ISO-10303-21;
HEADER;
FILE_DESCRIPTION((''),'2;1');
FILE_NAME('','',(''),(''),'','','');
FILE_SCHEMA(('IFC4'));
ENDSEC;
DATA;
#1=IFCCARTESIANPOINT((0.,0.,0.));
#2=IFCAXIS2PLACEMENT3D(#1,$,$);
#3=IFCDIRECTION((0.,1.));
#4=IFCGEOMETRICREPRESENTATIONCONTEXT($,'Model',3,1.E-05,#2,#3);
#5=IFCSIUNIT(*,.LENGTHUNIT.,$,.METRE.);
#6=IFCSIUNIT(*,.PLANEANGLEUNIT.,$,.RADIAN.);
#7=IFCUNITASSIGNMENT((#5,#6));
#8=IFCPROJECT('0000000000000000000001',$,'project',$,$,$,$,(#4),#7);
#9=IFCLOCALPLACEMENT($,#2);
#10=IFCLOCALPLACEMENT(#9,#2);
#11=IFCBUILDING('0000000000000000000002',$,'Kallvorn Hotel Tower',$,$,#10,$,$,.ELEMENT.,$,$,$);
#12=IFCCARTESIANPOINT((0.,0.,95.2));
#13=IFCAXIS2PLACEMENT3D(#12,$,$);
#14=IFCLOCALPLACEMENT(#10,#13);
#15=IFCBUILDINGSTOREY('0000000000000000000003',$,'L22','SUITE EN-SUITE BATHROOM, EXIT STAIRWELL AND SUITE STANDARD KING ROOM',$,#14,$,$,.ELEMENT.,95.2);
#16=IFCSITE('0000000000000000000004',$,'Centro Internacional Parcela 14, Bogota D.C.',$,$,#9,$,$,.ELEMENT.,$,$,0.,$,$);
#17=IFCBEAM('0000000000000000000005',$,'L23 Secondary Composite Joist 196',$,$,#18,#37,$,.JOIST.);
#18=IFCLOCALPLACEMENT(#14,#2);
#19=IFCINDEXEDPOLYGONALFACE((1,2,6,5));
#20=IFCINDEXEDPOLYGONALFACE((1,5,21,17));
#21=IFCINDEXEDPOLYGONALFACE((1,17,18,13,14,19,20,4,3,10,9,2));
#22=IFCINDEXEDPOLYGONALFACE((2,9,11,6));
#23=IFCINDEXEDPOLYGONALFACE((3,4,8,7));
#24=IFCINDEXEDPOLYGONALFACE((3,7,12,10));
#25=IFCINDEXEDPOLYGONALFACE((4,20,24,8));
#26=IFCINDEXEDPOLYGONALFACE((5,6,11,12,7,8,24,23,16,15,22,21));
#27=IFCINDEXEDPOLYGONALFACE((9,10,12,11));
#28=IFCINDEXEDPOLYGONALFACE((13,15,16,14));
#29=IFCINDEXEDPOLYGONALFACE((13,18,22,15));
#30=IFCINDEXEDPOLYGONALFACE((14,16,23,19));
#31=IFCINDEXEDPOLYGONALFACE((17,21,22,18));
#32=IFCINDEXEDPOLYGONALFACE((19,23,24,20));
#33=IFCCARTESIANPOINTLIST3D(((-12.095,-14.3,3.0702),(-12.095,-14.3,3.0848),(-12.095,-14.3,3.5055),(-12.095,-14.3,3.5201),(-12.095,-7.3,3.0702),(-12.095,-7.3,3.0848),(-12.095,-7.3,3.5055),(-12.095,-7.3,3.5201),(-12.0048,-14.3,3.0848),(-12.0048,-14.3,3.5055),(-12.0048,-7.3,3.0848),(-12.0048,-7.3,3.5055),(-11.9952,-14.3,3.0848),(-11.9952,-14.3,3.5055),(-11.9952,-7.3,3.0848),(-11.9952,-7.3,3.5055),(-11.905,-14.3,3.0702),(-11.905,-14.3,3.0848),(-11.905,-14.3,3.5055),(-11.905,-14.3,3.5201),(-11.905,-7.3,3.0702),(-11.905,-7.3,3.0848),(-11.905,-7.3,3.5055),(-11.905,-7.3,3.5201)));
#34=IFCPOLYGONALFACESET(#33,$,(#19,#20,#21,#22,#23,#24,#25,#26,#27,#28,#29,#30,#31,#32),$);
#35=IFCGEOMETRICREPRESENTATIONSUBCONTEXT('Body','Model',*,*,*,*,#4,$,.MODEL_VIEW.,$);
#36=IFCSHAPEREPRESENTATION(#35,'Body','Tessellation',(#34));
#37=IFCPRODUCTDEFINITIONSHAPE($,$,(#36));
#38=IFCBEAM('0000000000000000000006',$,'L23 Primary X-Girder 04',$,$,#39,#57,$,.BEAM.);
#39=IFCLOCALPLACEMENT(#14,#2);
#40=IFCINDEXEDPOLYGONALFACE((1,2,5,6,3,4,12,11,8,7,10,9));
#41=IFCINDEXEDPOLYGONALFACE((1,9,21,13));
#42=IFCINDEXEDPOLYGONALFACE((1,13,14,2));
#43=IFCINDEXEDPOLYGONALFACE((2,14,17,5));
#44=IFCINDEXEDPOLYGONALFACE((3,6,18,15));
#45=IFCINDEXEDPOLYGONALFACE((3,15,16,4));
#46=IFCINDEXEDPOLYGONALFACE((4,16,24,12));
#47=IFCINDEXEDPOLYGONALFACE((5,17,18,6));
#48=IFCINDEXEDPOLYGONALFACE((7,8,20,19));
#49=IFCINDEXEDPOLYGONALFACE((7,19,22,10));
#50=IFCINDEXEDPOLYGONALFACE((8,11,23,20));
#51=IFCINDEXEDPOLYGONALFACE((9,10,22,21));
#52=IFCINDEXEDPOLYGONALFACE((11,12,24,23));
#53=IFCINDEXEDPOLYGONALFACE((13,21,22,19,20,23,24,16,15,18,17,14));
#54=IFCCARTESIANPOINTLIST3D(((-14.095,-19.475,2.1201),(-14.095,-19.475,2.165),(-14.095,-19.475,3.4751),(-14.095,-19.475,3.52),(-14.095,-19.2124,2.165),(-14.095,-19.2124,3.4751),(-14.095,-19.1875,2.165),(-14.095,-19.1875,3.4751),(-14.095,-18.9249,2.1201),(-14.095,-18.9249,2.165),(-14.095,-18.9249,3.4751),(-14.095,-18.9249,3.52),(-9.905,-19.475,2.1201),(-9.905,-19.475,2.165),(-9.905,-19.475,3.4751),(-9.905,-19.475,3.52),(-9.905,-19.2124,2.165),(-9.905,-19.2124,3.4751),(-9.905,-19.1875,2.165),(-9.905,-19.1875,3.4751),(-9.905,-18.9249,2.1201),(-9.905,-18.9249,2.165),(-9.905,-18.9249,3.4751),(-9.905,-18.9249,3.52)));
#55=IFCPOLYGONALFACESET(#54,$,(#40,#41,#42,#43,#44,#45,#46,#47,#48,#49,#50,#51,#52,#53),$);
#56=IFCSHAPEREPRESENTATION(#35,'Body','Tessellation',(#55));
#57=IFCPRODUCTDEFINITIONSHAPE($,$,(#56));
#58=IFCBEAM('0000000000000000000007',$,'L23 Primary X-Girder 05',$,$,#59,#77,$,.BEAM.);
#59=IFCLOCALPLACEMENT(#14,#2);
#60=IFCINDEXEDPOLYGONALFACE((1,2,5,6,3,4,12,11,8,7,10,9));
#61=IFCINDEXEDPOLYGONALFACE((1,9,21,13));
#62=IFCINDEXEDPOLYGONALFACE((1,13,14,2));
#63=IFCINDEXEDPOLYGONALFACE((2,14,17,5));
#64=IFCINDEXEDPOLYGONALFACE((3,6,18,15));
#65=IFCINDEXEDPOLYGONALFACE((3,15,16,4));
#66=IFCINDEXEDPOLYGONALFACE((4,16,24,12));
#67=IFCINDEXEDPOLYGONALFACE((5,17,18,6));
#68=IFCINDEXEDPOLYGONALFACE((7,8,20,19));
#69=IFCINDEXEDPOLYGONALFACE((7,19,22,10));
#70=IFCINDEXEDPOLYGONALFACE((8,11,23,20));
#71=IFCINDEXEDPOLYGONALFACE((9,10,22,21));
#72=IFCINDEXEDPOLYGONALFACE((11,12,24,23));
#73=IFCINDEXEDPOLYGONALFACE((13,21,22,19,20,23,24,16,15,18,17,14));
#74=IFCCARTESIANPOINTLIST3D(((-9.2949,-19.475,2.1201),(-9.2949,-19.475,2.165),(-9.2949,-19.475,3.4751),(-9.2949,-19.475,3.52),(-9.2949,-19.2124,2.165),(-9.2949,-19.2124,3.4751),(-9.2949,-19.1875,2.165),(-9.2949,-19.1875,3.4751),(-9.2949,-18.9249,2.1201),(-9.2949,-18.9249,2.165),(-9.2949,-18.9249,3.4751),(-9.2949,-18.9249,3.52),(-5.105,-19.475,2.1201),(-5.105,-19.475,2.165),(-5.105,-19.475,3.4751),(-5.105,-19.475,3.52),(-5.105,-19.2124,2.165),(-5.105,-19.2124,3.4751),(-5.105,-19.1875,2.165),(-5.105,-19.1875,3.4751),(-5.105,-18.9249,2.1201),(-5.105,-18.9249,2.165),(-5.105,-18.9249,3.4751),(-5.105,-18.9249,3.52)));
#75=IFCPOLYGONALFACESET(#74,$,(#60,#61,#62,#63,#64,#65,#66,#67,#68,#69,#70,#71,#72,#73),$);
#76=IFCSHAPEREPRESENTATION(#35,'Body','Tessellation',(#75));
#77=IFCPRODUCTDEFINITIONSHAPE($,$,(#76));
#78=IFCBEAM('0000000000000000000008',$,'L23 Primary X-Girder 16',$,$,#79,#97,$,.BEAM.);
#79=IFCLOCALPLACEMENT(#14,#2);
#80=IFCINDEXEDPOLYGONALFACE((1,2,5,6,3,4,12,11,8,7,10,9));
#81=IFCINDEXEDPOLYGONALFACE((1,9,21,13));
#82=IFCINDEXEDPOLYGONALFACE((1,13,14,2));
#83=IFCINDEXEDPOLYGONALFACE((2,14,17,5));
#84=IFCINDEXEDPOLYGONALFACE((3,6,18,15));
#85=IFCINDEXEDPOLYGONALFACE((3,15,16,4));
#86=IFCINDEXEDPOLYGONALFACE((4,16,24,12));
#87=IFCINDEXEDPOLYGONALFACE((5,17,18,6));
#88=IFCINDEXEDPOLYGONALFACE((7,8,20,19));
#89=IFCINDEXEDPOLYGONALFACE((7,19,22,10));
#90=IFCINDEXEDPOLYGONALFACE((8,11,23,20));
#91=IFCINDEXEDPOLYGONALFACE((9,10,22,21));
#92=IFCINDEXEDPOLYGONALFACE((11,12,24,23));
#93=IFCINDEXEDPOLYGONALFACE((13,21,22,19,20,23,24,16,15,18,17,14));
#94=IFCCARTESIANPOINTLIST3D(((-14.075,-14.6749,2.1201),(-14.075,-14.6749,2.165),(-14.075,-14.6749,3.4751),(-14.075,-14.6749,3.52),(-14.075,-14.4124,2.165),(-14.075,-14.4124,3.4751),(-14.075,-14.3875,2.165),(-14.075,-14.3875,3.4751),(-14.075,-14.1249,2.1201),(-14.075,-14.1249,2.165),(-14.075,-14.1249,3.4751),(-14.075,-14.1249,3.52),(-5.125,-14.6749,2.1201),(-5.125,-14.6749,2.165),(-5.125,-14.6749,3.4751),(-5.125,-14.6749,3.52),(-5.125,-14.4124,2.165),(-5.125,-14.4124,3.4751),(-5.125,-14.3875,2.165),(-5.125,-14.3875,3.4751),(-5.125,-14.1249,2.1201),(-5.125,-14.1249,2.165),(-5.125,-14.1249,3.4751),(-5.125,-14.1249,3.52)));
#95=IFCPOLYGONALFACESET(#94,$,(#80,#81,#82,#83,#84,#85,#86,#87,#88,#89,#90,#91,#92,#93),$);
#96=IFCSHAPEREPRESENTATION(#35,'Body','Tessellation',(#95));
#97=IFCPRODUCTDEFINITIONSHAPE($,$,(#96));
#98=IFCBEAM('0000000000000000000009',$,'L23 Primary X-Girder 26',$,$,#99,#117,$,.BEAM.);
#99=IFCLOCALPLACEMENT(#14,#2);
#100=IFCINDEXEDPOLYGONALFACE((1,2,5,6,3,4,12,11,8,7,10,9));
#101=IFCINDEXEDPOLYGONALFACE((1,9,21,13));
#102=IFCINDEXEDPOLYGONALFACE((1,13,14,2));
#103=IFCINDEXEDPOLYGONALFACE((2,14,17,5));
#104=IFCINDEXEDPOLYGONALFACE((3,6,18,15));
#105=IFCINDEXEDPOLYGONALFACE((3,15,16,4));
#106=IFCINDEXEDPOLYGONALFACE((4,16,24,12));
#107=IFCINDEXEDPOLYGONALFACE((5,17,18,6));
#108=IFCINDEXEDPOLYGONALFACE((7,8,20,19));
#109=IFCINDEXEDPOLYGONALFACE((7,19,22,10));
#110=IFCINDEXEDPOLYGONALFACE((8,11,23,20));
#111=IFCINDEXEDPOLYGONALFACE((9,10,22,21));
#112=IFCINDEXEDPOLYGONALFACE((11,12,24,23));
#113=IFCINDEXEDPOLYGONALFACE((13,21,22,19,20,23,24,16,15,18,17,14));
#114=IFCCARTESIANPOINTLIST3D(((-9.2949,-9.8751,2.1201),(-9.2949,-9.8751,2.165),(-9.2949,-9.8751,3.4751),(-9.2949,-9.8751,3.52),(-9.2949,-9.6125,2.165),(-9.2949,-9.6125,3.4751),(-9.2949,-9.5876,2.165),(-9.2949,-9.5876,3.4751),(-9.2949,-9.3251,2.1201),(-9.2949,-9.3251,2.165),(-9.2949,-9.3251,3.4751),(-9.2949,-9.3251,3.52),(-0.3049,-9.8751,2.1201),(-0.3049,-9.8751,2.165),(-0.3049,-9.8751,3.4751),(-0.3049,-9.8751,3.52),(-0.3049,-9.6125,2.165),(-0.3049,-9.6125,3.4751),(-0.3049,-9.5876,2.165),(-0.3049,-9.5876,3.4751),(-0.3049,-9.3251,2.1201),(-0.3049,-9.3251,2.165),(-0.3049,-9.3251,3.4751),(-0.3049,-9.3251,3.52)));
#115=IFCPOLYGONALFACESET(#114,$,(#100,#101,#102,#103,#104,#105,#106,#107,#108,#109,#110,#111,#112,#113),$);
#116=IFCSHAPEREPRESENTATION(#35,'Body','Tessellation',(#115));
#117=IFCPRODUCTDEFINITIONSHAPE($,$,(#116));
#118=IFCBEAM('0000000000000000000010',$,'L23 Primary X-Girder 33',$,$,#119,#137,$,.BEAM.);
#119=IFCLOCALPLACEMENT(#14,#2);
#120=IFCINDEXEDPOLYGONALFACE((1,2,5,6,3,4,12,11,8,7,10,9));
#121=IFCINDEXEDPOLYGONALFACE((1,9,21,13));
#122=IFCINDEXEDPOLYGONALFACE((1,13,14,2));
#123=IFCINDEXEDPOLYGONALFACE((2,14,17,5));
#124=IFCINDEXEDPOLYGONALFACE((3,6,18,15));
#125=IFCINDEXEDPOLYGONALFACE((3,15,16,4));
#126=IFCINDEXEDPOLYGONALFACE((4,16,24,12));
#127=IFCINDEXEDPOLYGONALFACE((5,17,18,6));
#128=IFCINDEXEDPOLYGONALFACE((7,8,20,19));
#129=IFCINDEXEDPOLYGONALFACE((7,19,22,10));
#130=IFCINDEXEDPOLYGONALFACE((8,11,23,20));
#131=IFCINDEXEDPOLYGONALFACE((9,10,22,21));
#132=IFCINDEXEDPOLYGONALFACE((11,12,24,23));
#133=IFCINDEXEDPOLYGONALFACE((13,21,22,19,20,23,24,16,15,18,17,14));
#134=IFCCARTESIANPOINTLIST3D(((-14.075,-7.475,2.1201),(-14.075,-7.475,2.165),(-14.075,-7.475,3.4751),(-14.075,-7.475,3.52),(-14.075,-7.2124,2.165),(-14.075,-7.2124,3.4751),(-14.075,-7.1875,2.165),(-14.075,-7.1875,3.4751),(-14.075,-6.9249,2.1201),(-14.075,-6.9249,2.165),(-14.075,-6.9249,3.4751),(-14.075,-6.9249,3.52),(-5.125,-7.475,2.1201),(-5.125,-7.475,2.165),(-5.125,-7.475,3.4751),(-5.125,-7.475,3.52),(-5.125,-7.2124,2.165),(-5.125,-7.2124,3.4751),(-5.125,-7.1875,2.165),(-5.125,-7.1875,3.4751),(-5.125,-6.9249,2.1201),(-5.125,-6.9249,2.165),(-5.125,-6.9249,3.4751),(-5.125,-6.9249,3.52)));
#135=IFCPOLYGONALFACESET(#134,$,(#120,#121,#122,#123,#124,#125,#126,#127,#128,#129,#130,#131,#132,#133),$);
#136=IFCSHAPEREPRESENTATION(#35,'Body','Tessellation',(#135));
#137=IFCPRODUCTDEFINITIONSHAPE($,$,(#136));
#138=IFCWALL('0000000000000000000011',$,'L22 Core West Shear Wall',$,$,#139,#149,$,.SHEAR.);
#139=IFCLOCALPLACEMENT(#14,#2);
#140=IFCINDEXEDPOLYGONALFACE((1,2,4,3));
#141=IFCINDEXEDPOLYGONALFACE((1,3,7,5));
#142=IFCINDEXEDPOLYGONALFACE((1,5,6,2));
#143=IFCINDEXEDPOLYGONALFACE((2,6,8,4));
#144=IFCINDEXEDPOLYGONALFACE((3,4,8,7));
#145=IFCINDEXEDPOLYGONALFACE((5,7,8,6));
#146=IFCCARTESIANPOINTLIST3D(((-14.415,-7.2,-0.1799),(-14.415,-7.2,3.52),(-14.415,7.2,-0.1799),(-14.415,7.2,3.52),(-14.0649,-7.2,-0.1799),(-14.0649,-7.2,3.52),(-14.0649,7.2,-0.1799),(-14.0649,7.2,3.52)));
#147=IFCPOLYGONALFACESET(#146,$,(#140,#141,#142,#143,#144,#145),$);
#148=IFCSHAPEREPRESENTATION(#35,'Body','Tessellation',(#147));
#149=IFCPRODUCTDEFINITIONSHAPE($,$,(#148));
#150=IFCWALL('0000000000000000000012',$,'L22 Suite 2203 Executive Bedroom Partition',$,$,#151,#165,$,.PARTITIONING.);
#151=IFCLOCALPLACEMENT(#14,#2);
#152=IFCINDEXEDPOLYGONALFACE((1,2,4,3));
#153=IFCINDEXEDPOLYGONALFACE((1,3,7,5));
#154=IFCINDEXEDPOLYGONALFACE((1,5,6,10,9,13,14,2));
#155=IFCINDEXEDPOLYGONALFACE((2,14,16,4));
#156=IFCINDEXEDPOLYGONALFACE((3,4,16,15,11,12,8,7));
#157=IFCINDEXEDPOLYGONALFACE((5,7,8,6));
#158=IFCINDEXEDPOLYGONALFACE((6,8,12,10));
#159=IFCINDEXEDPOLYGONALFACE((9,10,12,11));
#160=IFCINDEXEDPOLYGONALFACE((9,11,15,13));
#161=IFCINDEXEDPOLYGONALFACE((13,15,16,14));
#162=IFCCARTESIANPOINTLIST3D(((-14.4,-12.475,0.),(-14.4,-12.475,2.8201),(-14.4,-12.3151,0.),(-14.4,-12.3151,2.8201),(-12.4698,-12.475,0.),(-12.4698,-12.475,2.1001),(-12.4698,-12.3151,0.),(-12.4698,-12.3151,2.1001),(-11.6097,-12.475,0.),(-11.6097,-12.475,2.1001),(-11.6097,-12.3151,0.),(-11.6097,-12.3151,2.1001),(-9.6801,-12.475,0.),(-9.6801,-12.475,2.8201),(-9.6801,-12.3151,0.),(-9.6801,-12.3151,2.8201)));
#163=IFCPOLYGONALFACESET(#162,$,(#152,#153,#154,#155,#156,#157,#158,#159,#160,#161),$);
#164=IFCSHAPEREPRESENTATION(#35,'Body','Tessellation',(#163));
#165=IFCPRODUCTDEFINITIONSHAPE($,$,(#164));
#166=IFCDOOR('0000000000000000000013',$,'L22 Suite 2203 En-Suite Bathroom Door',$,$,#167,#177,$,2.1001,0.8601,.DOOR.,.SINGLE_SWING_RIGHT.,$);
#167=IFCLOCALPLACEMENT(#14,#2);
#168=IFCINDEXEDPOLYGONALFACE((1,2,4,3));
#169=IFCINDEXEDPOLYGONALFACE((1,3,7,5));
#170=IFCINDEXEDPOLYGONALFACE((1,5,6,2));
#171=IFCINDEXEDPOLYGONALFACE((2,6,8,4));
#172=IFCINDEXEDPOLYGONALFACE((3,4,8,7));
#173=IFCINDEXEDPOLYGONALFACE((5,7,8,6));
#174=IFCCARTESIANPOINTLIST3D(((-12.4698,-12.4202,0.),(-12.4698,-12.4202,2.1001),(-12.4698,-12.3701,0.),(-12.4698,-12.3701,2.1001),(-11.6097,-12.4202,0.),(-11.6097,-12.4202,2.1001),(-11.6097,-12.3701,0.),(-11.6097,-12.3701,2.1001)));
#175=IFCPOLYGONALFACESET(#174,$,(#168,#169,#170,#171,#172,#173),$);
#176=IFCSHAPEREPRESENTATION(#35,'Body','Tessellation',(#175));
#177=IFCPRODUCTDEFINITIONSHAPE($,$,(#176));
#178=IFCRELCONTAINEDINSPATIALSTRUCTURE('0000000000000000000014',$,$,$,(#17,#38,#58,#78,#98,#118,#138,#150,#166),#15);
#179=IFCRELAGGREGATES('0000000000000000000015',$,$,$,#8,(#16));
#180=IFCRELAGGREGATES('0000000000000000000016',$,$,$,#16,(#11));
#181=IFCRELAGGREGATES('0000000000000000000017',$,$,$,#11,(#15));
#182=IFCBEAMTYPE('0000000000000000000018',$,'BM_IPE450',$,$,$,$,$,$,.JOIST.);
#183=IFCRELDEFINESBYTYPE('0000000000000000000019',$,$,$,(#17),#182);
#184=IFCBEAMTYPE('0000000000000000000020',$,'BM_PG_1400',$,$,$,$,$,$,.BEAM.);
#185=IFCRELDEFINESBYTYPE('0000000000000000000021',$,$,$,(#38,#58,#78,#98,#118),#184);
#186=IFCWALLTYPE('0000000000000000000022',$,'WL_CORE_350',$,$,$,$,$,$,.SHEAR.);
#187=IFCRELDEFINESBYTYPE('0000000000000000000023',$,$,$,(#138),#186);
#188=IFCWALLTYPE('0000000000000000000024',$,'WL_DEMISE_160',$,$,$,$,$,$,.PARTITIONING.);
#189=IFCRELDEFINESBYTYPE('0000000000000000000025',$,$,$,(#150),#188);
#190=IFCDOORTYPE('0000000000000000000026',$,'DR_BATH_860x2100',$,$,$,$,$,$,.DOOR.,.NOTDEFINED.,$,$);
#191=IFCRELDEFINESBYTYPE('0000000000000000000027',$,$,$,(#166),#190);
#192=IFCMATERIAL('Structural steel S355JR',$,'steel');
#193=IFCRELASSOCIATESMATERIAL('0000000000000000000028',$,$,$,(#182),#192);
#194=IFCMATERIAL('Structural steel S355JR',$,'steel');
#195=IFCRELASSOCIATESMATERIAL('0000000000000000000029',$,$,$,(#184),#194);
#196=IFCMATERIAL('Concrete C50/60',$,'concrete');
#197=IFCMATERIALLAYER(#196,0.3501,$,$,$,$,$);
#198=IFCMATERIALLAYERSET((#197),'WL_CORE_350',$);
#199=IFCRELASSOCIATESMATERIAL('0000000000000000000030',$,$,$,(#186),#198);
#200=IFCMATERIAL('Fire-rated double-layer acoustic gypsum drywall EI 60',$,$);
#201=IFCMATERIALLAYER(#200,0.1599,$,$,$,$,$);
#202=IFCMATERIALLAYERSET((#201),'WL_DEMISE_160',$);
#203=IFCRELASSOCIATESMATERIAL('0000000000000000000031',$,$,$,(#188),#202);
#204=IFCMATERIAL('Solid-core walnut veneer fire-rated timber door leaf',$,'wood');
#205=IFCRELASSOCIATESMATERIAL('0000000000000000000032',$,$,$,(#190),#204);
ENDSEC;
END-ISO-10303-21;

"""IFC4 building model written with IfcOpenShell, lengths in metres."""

from ifc_helpers import new_model, si_unit, direction, frame, frame_2d, origin, origin_2d, place, context, subcontext, project, spatial, rectangle, i_section, extrude, material, layer, layer_set, material_profile, profile_set, type_object, element, fill, save


model = new_model("IFC4")

# Units and contexts
model_context = context("Model", 3, precision=1e-05, world=origin(), true_north=direction((0.0, 1.0)))
body_context = subcontext(model_context, "Body", "Model", "MODEL_VIEW")
ifc_project = project(units=[si_unit("LENGTHUNIT", "METRE"), si_unit("PLANEANGLEUNIT", "RADIAN")], contexts=[model_context])

# Site, building, storey
site_placement = place(None, origin())
site = spatial("IfcSite", under=ifc_project, at=site_placement, Name="Centro Internacional Parcela 14, Bogota D.C.", CompositionType="ELEMENT", RefElevation=0.0)
building_placement = place(site_placement, origin())
building = spatial("IfcBuilding", under=site, at=building_placement, Name="Kallvorn Hotel Tower", CompositionType="ELEMENT")
storey_placement = place(building_placement, frame((0.0, 0.0, 95.2)))
storey = spatial("IfcBuildingStorey", under=building, at=storey_placement, Name="L22", Description="SUITE EN-SUITE BATHROOM, EXIT STAIRWELL AND SUITE STANDARD KING ROOM", CompositionType="ELEMENT", Elevation=95.2)

# Beams
ifc_material_1 = material(Name="Structural steel S355JR", Category="steel")
ifc_material_profile_1 = material_profile(ifc_material_1, i_section(OverallWidth=0.1899, OverallDepth=0.45, WebThickness=0.0095, FlangeThickness=0.0146, at=origin_2d()), Name="IPE 450")
ifc_profile_set_1 = profile_set([ifc_material_profile_1], Name="Structural steel S355JR")
beam_type_1 = type_object("IfcBeamType", Name="BM_IPE450", PredefinedType="JOIST", material=ifc_profile_set_1)
beam_1_placement = place(storey_placement, frame((-12.0, -14.3, 3.2952), z_axis=(0.0, 1.0, 0.0), x_axis=(-1.0, 0.0, 0.0)))
element("IfcBeam", 1, at=beam_1_placement, inside=storey, type_object=beam_type_1, Name="L23 Secondary Composite Joist 196", PredefinedType="JOIST", context=body_context, shape_type="SweptSolid", body=[
    extrude(i_section(OverallWidth=0.1899, OverallDepth=0.45, WebThickness=0.0095, FlangeThickness=0.0146, at=origin_2d()), origin(), (0.0, 0.0, 1.0), 7.0),
])
ifc_material_2 = material(Name="Structural steel S355JR", Category="steel")
ifc_material_profile_2 = material_profile(ifc_material_2, i_section(OverallWidth=0.55, OverallDepth=1.3999, WebThickness=0.0249, FlangeThickness=0.0449, at=origin_2d()), Name="PG 1400x550x25x45")
ifc_profile_set_2 = profile_set([ifc_material_profile_2], Name="Structural steel S355JR")
beam_type_2 = type_object("IfcBeamType", Name="BM_PG_1400", PredefinedType="BEAM", material=ifc_profile_set_2)
for number, where, z_axis, x_axis, name in (
    (2, (-14.095, -19.2, 2.8201), (1.0, 0.0, 0.0), (0.0, 1.0, 0.0), "L23 Primary X-Girder 04"),
    (3, (-9.2949, -19.2, 2.8201), (1.0, 0.0, 0.0), (0.0, 1.0, 0.0), "L23 Primary X-Girder 05"),
):
    element("IfcBeam", number, at=place(storey_placement, frame(where, z_axis=z_axis, x_axis=x_axis)), inside=storey, type_object=beam_type_2, Name=name, PredefinedType="BEAM", context=body_context, shape_type="SweptSolid", body=[
        extrude(i_section(OverallWidth=0.55, OverallDepth=1.3999, WebThickness=0.0249, FlangeThickness=0.0449, at=origin_2d()), origin(), (0.0, 0.0, 1.0), 4.1899),
    ])
beam_2_placement = place(storey_placement, frame((-14.075, -14.3999, 2.8201), z_axis=(1.0, 0.0, 0.0), x_axis=(0.0, 1.0, 0.0)))
element("IfcBeam", 4, at=beam_2_placement, inside=storey, type_object=beam_type_2, Name="L23 Primary X-Girder 16", PredefinedType="BEAM", context=body_context, shape_type="SweptSolid", body=[
    extrude(i_section(OverallWidth=0.55, OverallDepth=1.3999, WebThickness=0.0249, FlangeThickness=0.0449, at=origin_2d()), origin(), (0.0, 0.0, 1.0), 8.95),
])
beam_3_placement = place(storey_placement, frame((-9.2949, -9.6001, 2.8201), z_axis=(1.0, 0.0, 0.0), x_axis=(0.0, 1.0, 0.0)))
element("IfcBeam", 5, at=beam_3_placement, inside=storey, type_object=beam_type_2, Name="L23 Primary X-Girder 26", PredefinedType="BEAM", context=body_context, shape_type="SweptSolid", body=[
    extrude(i_section(OverallWidth=0.55, OverallDepth=1.3999, WebThickness=0.0249, FlangeThickness=0.0449, at=origin_2d()), origin(), (0.0, 0.0, 1.0), 8.99),
])
beam_4_placement = place(storey_placement, frame((-14.075, -7.2, 2.8201), z_axis=(1.0, 0.0, 0.0), x_axis=(0.0, 1.0, 0.0)))
element("IfcBeam", 6, at=beam_4_placement, inside=storey, type_object=beam_type_2, Name="L23 Primary X-Girder 33", PredefinedType="BEAM", context=body_context, shape_type="SweptSolid", body=[
    extrude(i_section(OverallWidth=0.55, OverallDepth=1.3999, WebThickness=0.0249, FlangeThickness=0.0449, at=origin_2d()), origin(), (0.0, 0.0, 1.0), 8.95),
])

# Wall
ifc_material_3 = material(Name="Concrete C50/60", Category="concrete")
ifc_layer_1 = layer(ifc_material_3, 0.3501)
ifc_layer_set_1 = layer_set([ifc_layer_1], Name="WL_CORE_350")
wall_type_1 = type_object("IfcWallType", Name="WL_CORE_350", PredefinedType="SHEAR", material=ifc_layer_set_1)
wall_1_placement = place(storey_placement, frame((-14.24, -7.2, -0.1799), z_axis=(0.0, 0.0, 1.0), x_axis=(0.0, 1.0, 0.0)))
element("IfcWall", 7, at=wall_1_placement, inside=storey, type_object=wall_type_1, Name="L22 Core West Shear Wall", PredefinedType="SHEAR", context=body_context, shape_type="SweptSolid", body=[
    extrude(rectangle(XDim=14.3999, YDim=0.3501, at=frame_2d((7.2, 0.0))), origin(), (0.0, 0.0, 1.0), 3.7),
])

# Wall, opening, door
ifc_material_4 = material(Name="Fire-rated double-layer acoustic gypsum drywall EI 60")
ifc_layer_2 = layer(ifc_material_4, 0.1599)
ifc_layer_set_2 = layer_set([ifc_layer_2], Name="WL_DEMISE_160")
wall_type_2 = type_object("IfcWallType", Name="WL_DEMISE_160", PredefinedType="PARTITIONING", material=ifc_layer_set_2)
wall_2_placement = place(storey_placement, frame((-14.3999, -12.395, 0.0), z_axis=(0.0, 0.0, 1.0), x_axis=(1.0, 0.0, 0.0)))
wall_2 = element("IfcWall", 8, at=wall_2_placement, inside=storey, type_object=wall_type_2, Name="L22 Suite 2203 Executive Bedroom Partition", PredefinedType="PARTITIONING", context=body_context, shape_type="SweptSolid", body=[
    extrude(rectangle(XDim=4.72, YDim=0.1599, at=frame_2d((2.3599, 0.0))), origin(), (0.0, 0.0, 1.0), 2.8201),
])
opening_1_placement = place(wall_2_placement, frame((1.9299, 0.0, 0.0)))
opening_1 = element("IfcOpeningElement", 9, at=opening_1_placement, cuts=wall_2, PredefinedType="OPENING", context=body_context, shape_type="SweptSolid", body=[
    extrude(rectangle(XDim=0.8601, YDim=2.1001, at=frame_2d((0.4302, 1.05))), frame((0.0, 0.095, 0.0), z_axis=(0.0, -1.0, 0.0), x_axis=(1.0, 0.0, 0.0)), (0.0, 0.0, 1.0), 0.1899),
])
ifc_material_5 = material(Name="Solid-core walnut veneer fire-rated timber door leaf", Category="wood")
door_type_1 = type_object("IfcDoorType", Name="DR_BATH_860x2100", OperationType="NOTDEFINED", PredefinedType="DOOR", material=ifc_material_5)
door_1_placement = place(opening_1_placement, origin())
door_1 = element("IfcDoor", 10, at=door_1_placement, inside=storey, type_object=door_type_1, Name="L22 Suite 2203 En-Suite Bathroom Door", OperationType="SINGLE_SWING_RIGHT", OverallHeight=2.1001, OverallWidth=0.8601, PredefinedType="DOOR", context=body_context, shape_type="SweptSolid", body=[
    extrude(rectangle(XDim=0.8601, YDim=2.1001, at=frame_2d((0.4302, 1.05))), frame((0.0, 0.0249, 0.0), z_axis=(0.0, -1.0, 0.0), x_axis=(1.0, 0.0, 0.0)), (0.0, 0.0, 1.0), 0.05),
])
fill(opening_1, door_1)

save(model, "model.ifc")
